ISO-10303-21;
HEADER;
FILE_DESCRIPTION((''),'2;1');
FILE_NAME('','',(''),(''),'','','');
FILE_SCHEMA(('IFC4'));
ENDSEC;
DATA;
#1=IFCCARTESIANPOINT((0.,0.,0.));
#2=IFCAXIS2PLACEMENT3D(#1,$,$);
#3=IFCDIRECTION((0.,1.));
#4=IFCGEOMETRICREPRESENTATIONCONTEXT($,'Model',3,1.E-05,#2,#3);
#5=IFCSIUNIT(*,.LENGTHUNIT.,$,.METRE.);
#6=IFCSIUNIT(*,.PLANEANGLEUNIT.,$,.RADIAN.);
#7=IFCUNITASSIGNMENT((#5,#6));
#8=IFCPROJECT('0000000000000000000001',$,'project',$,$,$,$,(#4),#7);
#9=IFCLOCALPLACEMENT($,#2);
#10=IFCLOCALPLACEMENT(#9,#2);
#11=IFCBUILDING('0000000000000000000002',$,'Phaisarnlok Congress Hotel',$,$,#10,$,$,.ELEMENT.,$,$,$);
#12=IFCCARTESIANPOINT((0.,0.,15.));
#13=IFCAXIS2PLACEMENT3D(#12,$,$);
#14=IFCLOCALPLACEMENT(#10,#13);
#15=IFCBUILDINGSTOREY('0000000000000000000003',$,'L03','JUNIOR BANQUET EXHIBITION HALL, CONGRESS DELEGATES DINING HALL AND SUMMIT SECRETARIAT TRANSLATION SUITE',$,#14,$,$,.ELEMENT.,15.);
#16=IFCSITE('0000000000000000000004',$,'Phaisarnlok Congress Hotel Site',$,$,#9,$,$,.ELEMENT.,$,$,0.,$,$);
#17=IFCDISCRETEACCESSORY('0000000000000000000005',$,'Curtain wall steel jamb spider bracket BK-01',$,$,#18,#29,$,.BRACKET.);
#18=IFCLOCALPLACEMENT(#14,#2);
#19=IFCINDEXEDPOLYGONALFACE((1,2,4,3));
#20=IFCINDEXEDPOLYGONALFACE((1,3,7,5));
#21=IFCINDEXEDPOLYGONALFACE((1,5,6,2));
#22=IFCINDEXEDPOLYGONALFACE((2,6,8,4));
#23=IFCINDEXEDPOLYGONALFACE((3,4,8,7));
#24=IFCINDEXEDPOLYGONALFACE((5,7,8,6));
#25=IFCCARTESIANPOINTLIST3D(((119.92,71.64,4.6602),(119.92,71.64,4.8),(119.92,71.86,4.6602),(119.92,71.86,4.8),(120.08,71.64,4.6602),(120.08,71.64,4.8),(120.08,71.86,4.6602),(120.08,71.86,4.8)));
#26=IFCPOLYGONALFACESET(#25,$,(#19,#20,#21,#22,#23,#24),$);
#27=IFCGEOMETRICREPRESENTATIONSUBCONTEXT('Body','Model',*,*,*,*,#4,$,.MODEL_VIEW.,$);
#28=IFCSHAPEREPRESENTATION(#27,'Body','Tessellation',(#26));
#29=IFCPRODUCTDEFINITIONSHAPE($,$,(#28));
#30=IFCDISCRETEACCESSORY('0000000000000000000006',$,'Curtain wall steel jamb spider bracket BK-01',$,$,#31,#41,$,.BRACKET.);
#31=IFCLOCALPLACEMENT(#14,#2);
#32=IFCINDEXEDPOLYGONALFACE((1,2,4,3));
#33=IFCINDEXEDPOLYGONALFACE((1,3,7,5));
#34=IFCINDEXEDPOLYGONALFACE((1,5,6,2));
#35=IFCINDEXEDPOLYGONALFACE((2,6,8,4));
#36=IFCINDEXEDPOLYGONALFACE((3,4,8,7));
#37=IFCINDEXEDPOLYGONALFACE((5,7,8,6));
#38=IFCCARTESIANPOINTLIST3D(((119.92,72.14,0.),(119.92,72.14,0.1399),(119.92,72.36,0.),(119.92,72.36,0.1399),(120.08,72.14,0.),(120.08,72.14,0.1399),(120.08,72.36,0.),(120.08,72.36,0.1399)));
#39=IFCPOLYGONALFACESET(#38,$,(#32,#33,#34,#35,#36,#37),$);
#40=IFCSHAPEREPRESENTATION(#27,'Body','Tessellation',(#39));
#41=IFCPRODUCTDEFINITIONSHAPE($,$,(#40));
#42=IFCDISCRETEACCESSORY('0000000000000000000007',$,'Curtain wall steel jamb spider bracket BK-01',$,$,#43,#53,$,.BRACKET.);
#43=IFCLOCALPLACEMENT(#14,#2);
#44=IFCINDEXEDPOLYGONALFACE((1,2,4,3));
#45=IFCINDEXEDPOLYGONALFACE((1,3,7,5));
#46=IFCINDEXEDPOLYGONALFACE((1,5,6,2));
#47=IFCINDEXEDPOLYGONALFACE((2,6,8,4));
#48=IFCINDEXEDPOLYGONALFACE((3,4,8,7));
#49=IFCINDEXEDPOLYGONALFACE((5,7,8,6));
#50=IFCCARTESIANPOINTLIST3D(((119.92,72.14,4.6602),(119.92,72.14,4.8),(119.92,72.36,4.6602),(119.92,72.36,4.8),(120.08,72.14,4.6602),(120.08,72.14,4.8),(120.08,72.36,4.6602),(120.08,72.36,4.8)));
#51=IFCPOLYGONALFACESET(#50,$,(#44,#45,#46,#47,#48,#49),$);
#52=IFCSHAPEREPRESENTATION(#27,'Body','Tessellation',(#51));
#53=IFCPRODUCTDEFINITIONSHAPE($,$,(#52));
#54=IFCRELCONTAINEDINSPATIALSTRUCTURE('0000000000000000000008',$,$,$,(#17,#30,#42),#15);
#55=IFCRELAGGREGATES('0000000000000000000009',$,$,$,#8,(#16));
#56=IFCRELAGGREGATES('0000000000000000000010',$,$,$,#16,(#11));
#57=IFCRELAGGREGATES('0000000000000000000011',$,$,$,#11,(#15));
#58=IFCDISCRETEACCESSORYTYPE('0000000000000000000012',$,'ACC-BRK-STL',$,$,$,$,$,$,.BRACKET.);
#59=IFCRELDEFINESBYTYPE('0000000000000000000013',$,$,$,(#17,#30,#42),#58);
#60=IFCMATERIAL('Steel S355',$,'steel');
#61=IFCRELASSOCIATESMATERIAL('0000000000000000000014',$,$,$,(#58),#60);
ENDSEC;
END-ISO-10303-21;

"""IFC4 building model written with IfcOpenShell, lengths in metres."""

from ifc_helpers import new_model, si_unit, direction, frame, origin, origin_2d, place, context, subcontext, project, spatial, rectangle, extrude, material, type_object, element, save


model = new_model("IFC4")

# Units and contexts
model_context = context("Model", 3, precision=1e-05, world=origin(), true_north=direction((0.0, 1.0)))
body_context = subcontext(model_context, "Body", "Model", "MODEL_VIEW")
ifc_project = project(units=[si_unit("LENGTHUNIT", "METRE"), si_unit("PLANEANGLEUNIT", "RADIAN")], contexts=[model_context])

# Site, building, storey
site_placement = place(None, origin())
site = spatial("IfcSite", under=ifc_project, at=site_placement, Name="Phaisarnlok Congress Hotel Site", CompositionType="ELEMENT", RefElevation=0.0)
building_placement = place(site_placement, origin())
building = spatial("IfcBuilding", under=site, at=building_placement, Name="Phaisarnlok Congress Hotel", CompositionType="ELEMENT")
storey_placement = place(building_placement, frame((0.0, 0.0, 15.0)))
storey = spatial("IfcBuildingStorey", under=building, at=storey_placement, Name="L03", Description="JUNIOR BANQUET EXHIBITION HALL, CONGRESS DELEGATES DINING HALL AND SUMMIT SECRETARIAT TRANSLATION SUITE", CompositionType="ELEMENT", Elevation=15.0)

# Shared definitions
ifc_material_1 = material(Name="Steel S355", Category="steel")

# Discrete accessories
discrete_accessory_type = type_object("IfcDiscreteAccessoryType", Name="ACC-BRK-STL", PredefinedType="BRACKET", material=ifc_material_1)
for number, where, z_axis, x_axis, name in (
    (1, (120.0, 71.75, 4.6602), (0.0, 0.0, 1.0), (1.0, 0.0, 0.0), "Curtain wall steel jamb spider bracket BK-01"),
    (2, (120.0, 72.25, 0.0), (0.0, 0.0, 1.0), (1.0, 0.0, 0.0), "Curtain wall steel jamb spider bracket BK-01"),
    (3, (120.0, 72.25, 4.6602), (0.0, 0.0, 1.0), (1.0, 0.0, 0.0), "Curtain wall steel jamb spider bracket BK-01"),
):
    element("IfcDiscreteAccessory", number, at=place(storey_placement, frame(where, z_axis=z_axis, x_axis=x_axis)), inside=storey, type_object=discrete_accessory_type, Name=name, PredefinedType="BRACKET", context=body_context, shape_type="SweptSolid", body=[
        extrude(rectangle(XDim=0.1599, YDim=0.22, at=origin_2d()), origin(), (0.0, 0.0, 1.0), 0.1399),
    ])

save(model, "model.ifc")
